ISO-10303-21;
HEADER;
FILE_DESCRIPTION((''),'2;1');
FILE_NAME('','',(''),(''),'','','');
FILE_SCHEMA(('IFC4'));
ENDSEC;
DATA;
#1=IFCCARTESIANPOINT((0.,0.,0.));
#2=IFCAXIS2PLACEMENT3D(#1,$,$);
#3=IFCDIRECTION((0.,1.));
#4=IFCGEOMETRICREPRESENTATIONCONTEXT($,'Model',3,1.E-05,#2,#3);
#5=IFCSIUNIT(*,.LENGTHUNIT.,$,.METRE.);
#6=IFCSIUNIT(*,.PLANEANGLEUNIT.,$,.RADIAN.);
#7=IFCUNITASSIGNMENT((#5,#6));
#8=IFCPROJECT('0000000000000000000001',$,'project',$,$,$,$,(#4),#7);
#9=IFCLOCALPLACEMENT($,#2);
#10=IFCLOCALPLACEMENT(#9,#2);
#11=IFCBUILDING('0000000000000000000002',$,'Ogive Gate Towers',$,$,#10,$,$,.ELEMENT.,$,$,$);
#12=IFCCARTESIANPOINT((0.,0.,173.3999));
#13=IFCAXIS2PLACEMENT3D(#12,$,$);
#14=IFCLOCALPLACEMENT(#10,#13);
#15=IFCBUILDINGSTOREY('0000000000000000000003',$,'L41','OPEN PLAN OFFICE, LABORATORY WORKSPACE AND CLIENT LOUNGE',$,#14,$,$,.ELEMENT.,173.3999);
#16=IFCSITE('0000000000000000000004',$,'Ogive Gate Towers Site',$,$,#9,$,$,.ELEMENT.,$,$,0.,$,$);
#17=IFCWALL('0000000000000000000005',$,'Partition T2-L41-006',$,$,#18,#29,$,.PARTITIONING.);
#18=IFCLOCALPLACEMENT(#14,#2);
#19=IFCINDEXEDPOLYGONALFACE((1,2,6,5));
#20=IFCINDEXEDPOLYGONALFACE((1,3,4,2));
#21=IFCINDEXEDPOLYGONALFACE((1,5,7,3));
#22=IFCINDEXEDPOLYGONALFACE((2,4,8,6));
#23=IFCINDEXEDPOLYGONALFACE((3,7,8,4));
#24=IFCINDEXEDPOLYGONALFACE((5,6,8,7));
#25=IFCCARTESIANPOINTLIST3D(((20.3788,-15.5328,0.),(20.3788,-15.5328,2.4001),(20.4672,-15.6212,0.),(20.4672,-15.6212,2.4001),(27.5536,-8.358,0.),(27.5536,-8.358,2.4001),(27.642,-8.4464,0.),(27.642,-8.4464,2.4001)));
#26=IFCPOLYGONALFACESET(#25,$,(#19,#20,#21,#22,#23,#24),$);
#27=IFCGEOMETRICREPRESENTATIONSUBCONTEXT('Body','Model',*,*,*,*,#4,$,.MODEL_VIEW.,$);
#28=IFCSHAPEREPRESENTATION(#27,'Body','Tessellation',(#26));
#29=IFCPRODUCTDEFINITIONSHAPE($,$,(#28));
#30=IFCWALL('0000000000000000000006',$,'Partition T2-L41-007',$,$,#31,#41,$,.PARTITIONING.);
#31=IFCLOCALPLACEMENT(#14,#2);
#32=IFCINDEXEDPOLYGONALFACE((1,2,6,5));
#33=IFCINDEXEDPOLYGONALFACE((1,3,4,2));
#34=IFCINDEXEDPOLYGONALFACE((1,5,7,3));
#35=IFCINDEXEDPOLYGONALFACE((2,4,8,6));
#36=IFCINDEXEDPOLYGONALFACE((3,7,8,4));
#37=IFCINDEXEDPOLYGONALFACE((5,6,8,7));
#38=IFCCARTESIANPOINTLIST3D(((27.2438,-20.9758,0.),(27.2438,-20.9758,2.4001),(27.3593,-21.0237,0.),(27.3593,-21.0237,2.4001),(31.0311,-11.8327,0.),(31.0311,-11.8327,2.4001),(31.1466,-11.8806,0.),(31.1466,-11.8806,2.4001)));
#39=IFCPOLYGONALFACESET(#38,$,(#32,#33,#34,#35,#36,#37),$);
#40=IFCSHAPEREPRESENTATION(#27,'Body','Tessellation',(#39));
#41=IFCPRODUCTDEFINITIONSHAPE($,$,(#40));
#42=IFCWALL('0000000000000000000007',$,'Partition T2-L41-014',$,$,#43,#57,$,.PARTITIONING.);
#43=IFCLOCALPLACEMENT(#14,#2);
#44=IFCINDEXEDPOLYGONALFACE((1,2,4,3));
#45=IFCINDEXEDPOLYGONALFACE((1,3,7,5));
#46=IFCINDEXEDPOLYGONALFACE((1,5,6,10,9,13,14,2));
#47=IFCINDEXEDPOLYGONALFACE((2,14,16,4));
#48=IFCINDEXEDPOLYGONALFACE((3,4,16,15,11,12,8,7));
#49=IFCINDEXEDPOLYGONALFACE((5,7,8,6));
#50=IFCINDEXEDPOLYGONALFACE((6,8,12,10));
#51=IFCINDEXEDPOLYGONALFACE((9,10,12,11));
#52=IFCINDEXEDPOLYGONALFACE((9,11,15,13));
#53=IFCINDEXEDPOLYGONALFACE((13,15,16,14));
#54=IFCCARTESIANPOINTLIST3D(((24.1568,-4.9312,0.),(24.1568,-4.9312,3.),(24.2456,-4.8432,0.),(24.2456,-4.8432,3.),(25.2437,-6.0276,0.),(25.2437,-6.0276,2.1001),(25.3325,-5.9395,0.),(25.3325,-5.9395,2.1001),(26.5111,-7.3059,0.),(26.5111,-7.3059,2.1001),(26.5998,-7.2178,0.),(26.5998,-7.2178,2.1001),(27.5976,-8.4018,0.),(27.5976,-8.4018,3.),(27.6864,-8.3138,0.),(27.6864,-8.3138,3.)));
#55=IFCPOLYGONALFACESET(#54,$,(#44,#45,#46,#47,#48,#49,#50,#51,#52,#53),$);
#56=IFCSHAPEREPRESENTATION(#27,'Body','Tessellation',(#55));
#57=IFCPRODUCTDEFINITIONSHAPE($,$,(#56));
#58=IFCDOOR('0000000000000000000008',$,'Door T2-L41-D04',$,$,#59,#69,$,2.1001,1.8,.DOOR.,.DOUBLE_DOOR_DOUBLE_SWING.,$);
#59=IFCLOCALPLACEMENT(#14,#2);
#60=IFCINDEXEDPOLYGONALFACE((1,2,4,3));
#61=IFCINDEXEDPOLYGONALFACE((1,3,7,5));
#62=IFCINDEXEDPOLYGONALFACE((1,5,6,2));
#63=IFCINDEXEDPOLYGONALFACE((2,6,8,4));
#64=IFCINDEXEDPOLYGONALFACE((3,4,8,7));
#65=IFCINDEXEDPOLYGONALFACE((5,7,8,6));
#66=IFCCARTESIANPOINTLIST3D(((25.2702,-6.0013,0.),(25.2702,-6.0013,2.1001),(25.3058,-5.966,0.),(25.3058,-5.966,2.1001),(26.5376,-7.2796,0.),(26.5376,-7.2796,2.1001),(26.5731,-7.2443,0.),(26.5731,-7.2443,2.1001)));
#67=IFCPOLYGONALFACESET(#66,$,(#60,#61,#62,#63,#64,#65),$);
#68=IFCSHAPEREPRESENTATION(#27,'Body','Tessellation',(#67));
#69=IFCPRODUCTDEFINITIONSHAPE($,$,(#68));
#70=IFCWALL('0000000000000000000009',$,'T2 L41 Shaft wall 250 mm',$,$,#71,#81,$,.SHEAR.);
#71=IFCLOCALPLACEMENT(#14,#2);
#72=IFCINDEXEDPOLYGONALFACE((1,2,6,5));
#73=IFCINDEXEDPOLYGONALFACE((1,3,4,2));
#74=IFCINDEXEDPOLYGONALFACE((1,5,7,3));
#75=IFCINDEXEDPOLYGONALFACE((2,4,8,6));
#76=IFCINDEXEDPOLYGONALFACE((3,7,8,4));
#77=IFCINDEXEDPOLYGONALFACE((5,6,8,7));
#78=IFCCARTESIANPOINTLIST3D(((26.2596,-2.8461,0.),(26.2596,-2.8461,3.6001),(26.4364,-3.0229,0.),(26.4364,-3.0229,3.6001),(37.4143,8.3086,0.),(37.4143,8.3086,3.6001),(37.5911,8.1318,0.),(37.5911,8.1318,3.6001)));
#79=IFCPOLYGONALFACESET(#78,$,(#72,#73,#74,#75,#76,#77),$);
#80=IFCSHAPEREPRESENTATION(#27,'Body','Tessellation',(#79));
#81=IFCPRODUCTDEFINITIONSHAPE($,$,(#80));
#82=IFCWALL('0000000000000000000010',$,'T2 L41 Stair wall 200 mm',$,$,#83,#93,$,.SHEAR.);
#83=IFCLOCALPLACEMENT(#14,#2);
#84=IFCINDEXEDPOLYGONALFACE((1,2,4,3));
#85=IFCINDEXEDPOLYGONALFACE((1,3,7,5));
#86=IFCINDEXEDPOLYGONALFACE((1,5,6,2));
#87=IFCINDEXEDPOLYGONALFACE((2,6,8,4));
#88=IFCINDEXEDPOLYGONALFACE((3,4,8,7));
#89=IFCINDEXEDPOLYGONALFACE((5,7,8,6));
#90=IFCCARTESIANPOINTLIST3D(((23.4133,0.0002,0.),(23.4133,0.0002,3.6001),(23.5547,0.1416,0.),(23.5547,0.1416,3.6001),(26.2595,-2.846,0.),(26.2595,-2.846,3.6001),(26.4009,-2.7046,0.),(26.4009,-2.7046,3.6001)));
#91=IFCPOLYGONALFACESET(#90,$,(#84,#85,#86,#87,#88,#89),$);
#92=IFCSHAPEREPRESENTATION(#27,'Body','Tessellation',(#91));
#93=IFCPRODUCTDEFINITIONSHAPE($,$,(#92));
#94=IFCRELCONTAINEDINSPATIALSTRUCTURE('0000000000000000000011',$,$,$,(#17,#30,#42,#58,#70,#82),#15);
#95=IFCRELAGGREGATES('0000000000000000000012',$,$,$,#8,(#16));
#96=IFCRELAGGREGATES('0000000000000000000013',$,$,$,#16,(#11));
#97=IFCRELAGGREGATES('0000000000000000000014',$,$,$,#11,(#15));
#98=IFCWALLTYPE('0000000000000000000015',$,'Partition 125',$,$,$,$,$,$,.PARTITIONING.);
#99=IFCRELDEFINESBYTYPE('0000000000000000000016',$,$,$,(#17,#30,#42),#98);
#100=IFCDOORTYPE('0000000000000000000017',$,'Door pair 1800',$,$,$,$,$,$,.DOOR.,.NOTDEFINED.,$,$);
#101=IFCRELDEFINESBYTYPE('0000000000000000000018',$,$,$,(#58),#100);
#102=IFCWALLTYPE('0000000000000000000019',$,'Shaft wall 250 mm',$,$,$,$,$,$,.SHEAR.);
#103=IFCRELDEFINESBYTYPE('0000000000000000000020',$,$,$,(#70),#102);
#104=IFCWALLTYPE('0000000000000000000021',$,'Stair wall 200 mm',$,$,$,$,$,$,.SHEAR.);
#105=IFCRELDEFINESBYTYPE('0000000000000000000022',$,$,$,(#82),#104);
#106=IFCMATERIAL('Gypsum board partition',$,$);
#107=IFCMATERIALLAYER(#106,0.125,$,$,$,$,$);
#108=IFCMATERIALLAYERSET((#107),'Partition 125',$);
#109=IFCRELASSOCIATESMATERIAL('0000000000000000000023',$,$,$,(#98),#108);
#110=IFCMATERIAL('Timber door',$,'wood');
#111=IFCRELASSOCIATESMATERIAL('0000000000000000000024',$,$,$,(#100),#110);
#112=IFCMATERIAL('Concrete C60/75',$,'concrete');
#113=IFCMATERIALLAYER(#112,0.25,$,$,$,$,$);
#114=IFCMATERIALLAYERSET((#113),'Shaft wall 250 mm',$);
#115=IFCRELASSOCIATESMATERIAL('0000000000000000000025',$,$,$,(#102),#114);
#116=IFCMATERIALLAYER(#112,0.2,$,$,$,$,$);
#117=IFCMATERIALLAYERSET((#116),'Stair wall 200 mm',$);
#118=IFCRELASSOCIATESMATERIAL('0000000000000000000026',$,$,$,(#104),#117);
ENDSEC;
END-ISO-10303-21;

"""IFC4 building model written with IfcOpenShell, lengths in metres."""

from ifc_helpers import new_model, si_unit, direction, frame, frame_2d, origin, place, context, subcontext, project, spatial, rectangle, extrude, material, layer, layer_set, type_object, element, fill, save


model = new_model("IFC4")

# Units and contexts
model_context = context("Model", 3, precision=1e-05, world=origin(), true_north=direction((0.0, 1.0)))
body_context = subcontext(model_context, "Body", "Model", "MODEL_VIEW")
ifc_project = project(units=[si_unit("LENGTHUNIT", "METRE"), si_unit("PLANEANGLEUNIT", "RADIAN")], contexts=[model_context])

# Site, building, storey
site_placement = place(None, origin())
site = spatial("IfcSite", under=ifc_project, at=site_placement, Name="Ogive Gate Towers Site", CompositionType="ELEMENT", RefElevation=0.0)
building_placement = place(site_placement, origin())
building = spatial("IfcBuilding", under=site, at=building_placement, Name="Ogive Gate Towers", CompositionType="ELEMENT")
storey_placement = place(building_placement, frame((0.0, 0.0, 173.3999)))
storey = spatial("IfcBuildingStorey", under=building, at=storey_placement, Name="L41", Description="OPEN PLAN OFFICE, LABORATORY WORKSPACE AND CLIENT LOUNGE", CompositionType="ELEMENT", Elevation=173.3999)

# Walls
ifc_material_1 = material(Name="Gypsum board partition")
ifc_layer_1 = layer(ifc_material_1, 0.125)
ifc_layer_set_1 = layer_set([ifc_layer_1], Name="Partition 125")
wall_type_1 = type_object("IfcWallType", Name="Partition 125", PredefinedType="PARTITIONING", material=ifc_layer_set_1)
wall_1_placement = place(storey_placement, frame((20.4231, -15.5769, 0.0), z_axis=(0.0, 0.0, 1.0), x_axis=(0.707107, 0.707107, 0.0)))
element("IfcWall", 1, at=wall_1_placement, inside=storey, type_object=wall_type_1, Name="Partition T2-L41-006", PredefinedType="PARTITIONING", context=body_context, shape_type="SweptSolid", body=[
    extrude(rectangle(XDim=10.1467, YDim=0.125, at=frame_2d((5.0732, 0.0))), origin(), (0.0, 0.0, 1.0), 2.4001),
])
wall_2_placement = place(storey_placement, frame((27.3015, -20.9998, 0.0), z_axis=(0.0, 0.0, 1.0), x_axis=(0.382698, 0.923873, 0.0)))
element("IfcWall", 2, at=wall_2_placement, inside=storey, type_object=wall_type_1, Name="Partition T2-L41-007", PredefinedType="PARTITIONING", context=body_context, shape_type="SweptSolid", body=[
    extrude(rectangle(XDim=9.8965, YDim=0.125, at=frame_2d((4.9482, 0.0))), origin(), (0.0, 0.0, 1.0), 2.4001),
])

# Wall, opening, door
wall_3_placement = place(storey_placement, frame((24.2012, -4.8872, 0.0), z_axis=(0.0, 0.0, 1.0), x_axis=(0.704053, -0.710147, 0.0)))
wall_3 = element("IfcWall", 3, at=wall_3_placement, inside=storey, type_object=wall_type_1, Name="Partition T2-L41-014", PredefinedType="PARTITIONING", context=body_context, shape_type="SweptSolid", body=[
    extrude(rectangle(XDim=4.8872, YDim=0.125, at=frame_2d((2.4436, 0.0))), origin(), (0.0, 0.0, 1.0), 3.0),
])
opening_placement = place(wall_3_placement, frame((1.5439, 0.0, 0.0)))
opening = element("IfcOpeningElement", 4, at=opening_placement, cuts=wall_3, PredefinedType="OPENING", context=body_context, shape_type="SweptSolid", body=[
    extrude(rectangle(XDim=1.8, YDim=2.1001, at=frame_2d((0.8999, 1.05))), frame((0.0, 0.0725, 0.0), z_axis=(0.0, -1.0, 0.0), x_axis=(1.0, 0.0, 0.0)), (0.0, 0.0, 1.0), 0.145),
])
ifc_material_2 = material(Name="Timber door", Category="wood")
door_type = type_object("IfcDoorType", Name="Door pair 1800", OperationType="NOTDEFINED", PredefinedType="DOOR", material=ifc_material_2)
door_placement = place(opening_placement, origin())
door = element("IfcDoor", 5, at=door_placement, inside=storey, type_object=door_type, Name="Door T2-L41-D04", OperationType="DOUBLE_DOOR_DOUBLE_SWING", OverallHeight=2.1001, OverallWidth=1.8, PredefinedType="DOOR", context=body_context, shape_type="SweptSolid", body=[
    extrude(rectangle(XDim=1.8, YDim=2.1001, at=frame_2d((0.8999, 1.05))), frame((0.0, 0.0249, 0.0), z_axis=(0.0, -1.0, 0.0), x_axis=(1.0, 0.0, 0.0)), (0.0, 0.0, 1.0), 0.05),
])
fill(opening, door)

# Walls
ifc_material_3 = material(Name="Concrete C60/75", Category="concrete")
ifc_layer_2 = layer(ifc_material_3, 0.25)
ifc_layer_set_2 = layer_set([ifc_layer_2], Name="Shaft wall 250 mm")
wall_type_2 = type_object("IfcWallType", Name="Shaft wall 250 mm", PredefinedType="SHEAR", material=ifc_layer_set_2)
wall_4_placement = place(storey_placement, frame((26.3479, -2.9346, 0.0), z_axis=(0.0, 0.0, 1.0), x_axis=(0.707107, 0.707107, 0.0)))
element("IfcWall", 6, at=wall_4_placement, inside=storey, type_object=wall_type_2, Name="T2 L41 Shaft wall 250 mm", PredefinedType="SHEAR", context=body_context, shape_type="SweptSolid", body=[
    extrude(rectangle(XDim=15.7751, YDim=0.25, at=frame_2d((7.8877, 0.0))), origin(), (0.0, 0.0, 1.0), 3.6001),
])
ifc_layer_3 = layer(ifc_material_3, 0.2)
ifc_layer_set_3 = layer_set([ifc_layer_3], Name="Stair wall 200 mm")
wall_type_3 = type_object("IfcWallType", Name="Stair wall 200 mm", PredefinedType="SHEAR", material=ifc_layer_set_3)
wall_5_placement = place(storey_placement, frame((26.3303, -2.7754, 0.0), z_axis=(0.0, 0.0, 1.0), x_axis=(-0.707107, 0.707107, 0.0)))
element("IfcWall", 7, at=wall_5_placement, inside=storey, type_object=wall_type_3, Name="T2 L41 Stair wall 200 mm", PredefinedType="SHEAR", context=body_context, shape_type="SweptSolid", body=[
    extrude(rectangle(XDim=4.0251, YDim=0.2, at=frame_2d((2.0127, 0.0))), origin(), (0.0, 0.0, 1.0), 3.6001),
])

save(model, "model.ifc")
